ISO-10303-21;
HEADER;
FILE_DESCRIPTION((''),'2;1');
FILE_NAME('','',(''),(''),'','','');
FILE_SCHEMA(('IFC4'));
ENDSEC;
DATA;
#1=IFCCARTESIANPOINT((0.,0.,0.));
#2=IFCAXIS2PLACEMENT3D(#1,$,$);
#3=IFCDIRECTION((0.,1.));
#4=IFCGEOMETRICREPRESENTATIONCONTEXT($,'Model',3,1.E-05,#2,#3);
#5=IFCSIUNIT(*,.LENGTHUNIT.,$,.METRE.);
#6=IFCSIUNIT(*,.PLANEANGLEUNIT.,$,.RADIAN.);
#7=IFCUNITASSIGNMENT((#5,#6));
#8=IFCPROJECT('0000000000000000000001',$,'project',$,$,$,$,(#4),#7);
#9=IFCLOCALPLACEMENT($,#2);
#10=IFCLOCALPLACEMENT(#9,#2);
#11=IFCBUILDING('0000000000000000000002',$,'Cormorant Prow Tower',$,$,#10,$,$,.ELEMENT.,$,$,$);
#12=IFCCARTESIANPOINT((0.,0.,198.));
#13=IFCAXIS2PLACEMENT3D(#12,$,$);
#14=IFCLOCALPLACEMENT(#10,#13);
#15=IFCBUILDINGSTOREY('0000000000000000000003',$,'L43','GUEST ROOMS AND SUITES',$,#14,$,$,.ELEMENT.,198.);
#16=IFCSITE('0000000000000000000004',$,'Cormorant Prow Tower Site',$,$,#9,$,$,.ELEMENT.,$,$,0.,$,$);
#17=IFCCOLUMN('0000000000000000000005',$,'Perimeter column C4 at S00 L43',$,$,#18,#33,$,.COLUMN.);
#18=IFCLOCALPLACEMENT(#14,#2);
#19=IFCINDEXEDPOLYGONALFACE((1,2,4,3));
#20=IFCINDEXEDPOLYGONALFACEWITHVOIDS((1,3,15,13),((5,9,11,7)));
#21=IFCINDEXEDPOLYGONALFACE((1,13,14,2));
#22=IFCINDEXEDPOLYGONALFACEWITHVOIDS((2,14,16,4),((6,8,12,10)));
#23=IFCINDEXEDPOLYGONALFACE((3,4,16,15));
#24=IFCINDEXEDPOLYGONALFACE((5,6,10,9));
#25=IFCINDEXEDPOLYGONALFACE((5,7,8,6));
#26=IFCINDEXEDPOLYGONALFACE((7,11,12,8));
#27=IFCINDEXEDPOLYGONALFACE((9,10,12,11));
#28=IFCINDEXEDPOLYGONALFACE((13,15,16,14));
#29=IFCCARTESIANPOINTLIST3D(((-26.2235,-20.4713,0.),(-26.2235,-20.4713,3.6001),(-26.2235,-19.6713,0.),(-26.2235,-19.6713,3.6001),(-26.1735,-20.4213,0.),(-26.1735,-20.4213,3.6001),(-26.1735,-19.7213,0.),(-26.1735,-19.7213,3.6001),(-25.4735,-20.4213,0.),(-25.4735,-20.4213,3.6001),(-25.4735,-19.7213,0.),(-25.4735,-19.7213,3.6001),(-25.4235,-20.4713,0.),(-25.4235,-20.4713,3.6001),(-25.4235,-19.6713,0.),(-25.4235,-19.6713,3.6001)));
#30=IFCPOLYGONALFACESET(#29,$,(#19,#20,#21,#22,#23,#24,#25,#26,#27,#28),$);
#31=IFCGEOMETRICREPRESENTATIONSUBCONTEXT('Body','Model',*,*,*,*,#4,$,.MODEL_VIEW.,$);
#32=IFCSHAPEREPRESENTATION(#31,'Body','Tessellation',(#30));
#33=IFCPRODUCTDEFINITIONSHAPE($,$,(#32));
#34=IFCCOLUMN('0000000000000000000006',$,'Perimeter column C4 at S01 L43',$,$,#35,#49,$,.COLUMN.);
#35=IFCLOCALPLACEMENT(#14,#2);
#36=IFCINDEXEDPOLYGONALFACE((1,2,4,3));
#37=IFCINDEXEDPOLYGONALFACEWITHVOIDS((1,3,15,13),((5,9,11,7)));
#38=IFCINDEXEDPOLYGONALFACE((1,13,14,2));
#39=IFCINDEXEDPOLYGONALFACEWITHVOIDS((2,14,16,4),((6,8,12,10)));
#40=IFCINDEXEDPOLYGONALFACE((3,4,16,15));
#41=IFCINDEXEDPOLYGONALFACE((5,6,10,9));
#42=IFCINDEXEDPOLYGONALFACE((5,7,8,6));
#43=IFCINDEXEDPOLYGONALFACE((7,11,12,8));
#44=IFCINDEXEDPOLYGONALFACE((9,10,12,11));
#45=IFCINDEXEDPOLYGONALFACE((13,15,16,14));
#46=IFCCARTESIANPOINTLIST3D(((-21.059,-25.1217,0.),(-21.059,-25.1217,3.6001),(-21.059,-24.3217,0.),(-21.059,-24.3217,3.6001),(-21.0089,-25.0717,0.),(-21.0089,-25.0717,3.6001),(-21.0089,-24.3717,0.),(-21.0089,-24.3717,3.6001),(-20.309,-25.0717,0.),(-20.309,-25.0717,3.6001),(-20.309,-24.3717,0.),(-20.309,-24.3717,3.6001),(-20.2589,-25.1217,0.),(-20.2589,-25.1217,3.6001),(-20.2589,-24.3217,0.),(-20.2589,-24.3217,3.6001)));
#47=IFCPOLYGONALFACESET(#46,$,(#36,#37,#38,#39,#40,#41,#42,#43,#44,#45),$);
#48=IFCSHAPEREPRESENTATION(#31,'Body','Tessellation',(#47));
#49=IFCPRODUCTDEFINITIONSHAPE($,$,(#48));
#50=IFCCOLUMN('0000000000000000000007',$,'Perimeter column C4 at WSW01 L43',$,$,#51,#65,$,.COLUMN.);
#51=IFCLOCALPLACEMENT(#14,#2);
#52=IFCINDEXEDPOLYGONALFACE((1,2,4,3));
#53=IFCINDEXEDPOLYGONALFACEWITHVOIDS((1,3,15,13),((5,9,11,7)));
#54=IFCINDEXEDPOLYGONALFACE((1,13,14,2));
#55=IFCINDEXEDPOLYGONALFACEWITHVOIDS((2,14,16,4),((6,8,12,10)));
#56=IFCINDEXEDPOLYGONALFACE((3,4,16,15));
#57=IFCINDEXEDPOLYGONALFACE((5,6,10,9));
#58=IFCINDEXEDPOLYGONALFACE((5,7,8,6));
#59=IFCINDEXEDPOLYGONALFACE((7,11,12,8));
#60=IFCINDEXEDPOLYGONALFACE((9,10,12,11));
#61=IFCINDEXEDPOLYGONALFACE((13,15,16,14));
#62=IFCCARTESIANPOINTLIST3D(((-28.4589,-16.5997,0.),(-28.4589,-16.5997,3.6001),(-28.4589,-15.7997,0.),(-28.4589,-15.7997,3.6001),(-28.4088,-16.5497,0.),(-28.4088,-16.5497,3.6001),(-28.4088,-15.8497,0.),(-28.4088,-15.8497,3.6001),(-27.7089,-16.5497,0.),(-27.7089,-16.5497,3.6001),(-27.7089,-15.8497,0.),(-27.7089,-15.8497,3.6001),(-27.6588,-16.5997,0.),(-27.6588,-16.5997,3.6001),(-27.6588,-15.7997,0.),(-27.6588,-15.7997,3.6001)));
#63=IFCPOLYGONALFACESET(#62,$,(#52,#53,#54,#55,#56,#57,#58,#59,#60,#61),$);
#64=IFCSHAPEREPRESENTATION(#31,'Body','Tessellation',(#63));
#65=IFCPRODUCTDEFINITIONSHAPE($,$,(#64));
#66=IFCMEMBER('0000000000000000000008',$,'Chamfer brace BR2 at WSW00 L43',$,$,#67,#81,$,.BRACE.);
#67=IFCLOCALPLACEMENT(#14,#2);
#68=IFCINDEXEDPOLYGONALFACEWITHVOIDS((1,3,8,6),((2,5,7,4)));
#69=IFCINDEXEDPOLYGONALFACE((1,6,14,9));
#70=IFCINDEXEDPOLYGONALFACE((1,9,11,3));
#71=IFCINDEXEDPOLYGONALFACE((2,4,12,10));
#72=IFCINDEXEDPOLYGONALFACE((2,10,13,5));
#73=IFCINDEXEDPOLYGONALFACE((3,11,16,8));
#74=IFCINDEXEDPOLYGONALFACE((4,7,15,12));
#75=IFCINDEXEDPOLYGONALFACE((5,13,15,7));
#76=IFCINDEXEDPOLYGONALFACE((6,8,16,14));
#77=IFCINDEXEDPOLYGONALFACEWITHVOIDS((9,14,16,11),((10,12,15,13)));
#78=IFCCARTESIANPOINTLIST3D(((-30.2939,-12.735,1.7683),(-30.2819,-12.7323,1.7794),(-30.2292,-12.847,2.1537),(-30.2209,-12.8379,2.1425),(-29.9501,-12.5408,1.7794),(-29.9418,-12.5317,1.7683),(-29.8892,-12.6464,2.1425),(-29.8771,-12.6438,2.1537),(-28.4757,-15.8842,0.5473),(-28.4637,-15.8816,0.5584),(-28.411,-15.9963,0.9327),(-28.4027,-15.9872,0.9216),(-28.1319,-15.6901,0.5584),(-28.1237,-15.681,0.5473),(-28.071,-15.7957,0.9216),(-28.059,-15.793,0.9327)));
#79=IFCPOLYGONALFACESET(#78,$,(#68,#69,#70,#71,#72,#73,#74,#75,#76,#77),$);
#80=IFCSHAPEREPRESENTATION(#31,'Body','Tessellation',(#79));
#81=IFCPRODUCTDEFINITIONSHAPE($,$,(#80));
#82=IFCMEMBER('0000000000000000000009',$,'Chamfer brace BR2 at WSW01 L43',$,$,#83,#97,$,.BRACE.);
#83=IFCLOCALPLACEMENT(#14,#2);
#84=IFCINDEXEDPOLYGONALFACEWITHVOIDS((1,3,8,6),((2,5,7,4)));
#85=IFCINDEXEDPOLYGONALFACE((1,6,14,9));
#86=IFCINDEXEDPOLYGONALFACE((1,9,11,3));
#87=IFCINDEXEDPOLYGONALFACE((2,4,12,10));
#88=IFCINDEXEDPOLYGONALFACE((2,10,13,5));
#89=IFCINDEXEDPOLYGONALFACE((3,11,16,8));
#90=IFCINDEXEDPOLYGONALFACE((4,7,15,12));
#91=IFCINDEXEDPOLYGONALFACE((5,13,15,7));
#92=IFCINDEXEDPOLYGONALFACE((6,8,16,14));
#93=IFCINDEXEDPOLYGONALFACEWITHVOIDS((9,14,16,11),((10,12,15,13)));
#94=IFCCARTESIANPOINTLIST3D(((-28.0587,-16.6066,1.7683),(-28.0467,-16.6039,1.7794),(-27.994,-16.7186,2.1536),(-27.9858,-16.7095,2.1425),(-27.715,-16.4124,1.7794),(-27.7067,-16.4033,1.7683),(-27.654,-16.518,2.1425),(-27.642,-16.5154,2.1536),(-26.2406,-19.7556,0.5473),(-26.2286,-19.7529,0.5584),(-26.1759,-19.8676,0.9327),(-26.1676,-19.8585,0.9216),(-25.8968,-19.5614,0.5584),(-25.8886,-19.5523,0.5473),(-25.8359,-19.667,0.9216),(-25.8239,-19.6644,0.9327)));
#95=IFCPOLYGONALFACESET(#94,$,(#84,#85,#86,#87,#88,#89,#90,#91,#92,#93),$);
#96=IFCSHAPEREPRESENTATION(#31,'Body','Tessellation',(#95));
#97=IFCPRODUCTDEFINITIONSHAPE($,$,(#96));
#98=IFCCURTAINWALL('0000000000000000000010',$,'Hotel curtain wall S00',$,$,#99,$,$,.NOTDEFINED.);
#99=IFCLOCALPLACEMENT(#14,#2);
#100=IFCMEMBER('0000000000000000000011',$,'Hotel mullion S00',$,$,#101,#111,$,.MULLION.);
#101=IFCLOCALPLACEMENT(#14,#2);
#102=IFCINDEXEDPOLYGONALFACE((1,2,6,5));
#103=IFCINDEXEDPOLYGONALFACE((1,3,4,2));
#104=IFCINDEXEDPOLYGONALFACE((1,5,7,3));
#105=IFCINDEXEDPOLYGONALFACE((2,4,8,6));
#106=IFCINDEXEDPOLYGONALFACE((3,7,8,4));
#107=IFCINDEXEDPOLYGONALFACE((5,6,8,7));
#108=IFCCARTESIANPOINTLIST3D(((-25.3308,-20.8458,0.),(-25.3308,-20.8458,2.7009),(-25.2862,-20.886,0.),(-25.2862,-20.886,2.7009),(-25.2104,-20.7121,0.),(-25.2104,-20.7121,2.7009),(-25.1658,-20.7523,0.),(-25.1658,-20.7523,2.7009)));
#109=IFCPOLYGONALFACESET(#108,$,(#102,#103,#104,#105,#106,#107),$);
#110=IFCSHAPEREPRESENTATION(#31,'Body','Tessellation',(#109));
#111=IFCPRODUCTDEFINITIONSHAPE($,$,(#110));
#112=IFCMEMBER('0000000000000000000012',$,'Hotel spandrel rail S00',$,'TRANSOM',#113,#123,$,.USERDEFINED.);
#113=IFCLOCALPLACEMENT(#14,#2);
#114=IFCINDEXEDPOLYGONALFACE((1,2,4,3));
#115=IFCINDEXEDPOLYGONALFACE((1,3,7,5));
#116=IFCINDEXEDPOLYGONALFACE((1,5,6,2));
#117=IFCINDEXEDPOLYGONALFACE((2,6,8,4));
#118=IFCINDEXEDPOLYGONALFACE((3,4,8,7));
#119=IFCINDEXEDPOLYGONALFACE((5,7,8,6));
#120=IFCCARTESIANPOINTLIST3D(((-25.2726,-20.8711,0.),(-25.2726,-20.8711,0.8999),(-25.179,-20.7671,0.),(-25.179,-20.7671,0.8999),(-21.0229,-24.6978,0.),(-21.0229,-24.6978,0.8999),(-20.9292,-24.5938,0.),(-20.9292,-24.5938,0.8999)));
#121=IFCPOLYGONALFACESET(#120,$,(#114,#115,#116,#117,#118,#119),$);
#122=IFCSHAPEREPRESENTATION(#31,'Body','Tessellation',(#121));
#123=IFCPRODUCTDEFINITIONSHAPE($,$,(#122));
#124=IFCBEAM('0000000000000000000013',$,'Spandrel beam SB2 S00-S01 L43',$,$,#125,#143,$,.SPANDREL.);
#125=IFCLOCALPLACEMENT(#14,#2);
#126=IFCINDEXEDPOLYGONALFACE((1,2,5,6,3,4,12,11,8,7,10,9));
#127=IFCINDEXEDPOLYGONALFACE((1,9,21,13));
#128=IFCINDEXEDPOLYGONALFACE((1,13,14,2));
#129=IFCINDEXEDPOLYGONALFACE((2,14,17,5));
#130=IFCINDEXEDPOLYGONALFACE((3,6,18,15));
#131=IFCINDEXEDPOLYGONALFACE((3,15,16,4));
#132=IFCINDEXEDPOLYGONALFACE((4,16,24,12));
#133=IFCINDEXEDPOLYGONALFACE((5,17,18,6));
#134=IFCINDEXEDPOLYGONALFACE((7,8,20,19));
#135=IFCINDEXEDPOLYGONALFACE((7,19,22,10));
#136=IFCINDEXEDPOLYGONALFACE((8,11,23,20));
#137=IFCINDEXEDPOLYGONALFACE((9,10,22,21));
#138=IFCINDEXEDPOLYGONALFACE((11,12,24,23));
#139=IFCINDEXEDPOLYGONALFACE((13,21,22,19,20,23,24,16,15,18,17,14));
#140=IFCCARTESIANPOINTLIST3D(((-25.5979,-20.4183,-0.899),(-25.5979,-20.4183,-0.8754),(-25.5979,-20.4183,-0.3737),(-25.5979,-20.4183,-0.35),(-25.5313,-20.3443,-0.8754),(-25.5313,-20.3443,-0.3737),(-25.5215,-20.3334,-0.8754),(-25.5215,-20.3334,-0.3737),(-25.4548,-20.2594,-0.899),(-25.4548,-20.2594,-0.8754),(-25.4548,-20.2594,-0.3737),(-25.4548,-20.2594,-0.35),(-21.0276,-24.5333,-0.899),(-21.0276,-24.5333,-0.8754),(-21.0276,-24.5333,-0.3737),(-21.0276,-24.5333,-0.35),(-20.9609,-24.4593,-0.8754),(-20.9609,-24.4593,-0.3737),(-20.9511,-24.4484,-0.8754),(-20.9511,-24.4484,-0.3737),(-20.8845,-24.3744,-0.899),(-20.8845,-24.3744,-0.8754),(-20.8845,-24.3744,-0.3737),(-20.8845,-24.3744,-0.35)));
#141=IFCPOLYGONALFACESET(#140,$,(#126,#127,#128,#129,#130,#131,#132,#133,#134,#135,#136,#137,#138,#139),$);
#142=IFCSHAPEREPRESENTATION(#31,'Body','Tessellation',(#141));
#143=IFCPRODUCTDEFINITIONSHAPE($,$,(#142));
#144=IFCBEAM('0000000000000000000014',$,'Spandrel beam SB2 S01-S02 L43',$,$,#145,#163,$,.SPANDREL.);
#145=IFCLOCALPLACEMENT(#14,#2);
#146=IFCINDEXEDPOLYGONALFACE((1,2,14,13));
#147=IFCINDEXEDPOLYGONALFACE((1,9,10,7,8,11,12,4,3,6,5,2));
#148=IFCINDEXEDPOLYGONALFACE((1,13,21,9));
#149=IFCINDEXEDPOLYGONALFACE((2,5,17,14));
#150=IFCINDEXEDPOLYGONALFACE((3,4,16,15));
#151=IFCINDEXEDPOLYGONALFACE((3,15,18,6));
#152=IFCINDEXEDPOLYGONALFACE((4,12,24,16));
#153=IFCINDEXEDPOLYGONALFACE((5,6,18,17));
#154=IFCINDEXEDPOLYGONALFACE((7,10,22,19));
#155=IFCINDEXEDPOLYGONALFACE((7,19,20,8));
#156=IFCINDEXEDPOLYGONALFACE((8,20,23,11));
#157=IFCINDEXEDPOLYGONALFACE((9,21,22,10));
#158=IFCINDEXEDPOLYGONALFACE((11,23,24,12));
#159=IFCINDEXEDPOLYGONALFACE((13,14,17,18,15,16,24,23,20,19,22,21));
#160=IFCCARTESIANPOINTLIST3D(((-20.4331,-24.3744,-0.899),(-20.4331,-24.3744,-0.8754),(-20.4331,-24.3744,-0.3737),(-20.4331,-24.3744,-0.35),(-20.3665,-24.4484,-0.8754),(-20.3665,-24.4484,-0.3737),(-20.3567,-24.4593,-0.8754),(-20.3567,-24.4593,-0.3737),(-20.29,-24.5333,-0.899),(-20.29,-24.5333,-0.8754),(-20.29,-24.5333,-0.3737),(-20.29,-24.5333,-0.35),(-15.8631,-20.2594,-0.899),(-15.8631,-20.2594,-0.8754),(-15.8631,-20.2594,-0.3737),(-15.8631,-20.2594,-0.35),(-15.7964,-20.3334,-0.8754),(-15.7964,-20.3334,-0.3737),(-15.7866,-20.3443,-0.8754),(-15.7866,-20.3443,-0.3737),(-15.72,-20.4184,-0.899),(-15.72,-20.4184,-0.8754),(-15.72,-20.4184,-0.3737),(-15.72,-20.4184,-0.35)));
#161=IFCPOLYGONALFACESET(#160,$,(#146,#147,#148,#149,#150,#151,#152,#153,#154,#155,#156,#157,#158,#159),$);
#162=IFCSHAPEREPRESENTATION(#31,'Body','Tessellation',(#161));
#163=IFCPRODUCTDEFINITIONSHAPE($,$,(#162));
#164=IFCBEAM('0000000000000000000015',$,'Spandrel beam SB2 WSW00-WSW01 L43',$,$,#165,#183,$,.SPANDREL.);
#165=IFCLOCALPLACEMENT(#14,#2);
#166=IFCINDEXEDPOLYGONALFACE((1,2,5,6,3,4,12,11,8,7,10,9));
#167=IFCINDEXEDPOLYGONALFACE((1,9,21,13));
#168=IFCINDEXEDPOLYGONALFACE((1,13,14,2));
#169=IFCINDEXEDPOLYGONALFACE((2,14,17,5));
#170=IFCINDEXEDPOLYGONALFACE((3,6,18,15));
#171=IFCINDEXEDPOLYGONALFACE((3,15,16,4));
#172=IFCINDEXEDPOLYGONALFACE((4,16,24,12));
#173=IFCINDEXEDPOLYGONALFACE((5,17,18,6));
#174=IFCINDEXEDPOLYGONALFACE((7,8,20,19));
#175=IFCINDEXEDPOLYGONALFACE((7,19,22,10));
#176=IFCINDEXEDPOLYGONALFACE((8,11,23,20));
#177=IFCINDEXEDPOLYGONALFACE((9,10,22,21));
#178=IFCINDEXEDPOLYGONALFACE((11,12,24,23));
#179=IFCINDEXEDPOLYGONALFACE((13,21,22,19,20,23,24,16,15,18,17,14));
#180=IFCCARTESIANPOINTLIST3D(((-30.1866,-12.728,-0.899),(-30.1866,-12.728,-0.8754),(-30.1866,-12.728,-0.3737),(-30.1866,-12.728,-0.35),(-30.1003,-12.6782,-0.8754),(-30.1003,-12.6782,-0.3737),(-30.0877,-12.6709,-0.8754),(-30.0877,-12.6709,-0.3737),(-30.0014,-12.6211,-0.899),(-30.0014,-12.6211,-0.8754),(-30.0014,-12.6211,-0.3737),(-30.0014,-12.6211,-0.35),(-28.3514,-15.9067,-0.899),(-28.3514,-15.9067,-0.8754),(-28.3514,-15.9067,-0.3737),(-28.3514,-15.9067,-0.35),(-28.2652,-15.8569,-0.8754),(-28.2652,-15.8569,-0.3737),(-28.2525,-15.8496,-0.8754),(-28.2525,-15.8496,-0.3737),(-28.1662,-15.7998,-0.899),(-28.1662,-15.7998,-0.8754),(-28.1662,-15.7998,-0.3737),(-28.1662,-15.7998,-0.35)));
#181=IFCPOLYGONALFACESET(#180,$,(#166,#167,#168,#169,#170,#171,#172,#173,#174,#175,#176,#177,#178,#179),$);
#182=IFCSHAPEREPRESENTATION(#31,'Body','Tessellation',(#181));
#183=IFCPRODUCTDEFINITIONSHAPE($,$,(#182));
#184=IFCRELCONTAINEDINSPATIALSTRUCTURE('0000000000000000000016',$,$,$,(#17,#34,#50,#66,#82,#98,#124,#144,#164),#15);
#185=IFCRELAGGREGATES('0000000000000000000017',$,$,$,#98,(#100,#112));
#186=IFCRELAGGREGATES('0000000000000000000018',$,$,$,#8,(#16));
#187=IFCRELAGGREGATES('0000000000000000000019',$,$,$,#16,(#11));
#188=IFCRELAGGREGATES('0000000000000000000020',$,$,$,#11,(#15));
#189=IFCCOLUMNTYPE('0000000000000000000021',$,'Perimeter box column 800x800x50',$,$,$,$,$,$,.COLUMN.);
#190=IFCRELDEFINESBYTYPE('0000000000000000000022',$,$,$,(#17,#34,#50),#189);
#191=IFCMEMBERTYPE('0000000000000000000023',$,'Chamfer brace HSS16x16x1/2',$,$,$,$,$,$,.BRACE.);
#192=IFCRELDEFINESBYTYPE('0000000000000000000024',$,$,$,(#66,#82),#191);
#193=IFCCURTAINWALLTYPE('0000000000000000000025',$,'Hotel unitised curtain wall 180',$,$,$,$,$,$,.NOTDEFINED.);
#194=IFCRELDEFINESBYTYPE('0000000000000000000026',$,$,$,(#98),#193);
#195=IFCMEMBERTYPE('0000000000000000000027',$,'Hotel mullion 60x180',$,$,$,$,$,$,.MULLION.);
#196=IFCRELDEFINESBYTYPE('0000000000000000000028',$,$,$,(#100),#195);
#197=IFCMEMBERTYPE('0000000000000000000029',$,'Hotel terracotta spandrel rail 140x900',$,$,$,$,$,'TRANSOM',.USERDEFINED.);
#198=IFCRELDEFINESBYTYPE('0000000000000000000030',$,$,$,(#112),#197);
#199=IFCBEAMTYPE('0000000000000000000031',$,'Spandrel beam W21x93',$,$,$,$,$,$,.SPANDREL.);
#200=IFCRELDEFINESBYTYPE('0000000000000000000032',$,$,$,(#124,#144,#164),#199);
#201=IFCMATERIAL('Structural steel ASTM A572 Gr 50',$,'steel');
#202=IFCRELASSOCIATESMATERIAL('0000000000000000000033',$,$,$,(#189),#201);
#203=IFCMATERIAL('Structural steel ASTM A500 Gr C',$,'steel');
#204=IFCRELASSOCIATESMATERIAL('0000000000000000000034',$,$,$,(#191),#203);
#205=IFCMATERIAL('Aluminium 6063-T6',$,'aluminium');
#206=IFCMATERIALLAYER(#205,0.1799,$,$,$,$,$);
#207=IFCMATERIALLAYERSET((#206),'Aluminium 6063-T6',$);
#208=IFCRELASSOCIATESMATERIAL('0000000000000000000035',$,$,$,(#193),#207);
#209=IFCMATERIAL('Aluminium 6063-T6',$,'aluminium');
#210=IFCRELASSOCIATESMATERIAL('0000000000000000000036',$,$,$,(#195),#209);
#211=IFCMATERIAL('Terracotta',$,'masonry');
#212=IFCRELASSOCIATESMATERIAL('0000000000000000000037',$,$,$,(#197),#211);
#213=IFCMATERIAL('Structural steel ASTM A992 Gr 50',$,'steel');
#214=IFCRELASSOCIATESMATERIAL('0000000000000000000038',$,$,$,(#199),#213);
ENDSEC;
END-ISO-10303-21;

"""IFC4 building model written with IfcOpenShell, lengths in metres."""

from ifc_helpers import new_model, si_unit, direction, frame, origin, origin_2d, place, context, subcontext, project, spatial, rectangle, hollow_rectangle, i_section, extrude, material, layer, layer_set, material_profile, profile_set, type_object, element, aggregate, save


model = new_model("IFC4")

# Units and contexts
model_context = context("Model", 3, precision=1e-05, world=origin(), true_north=direction((0.0, 1.0)))
body_context = subcontext(model_context, "Body", "Model", "MODEL_VIEW")
ifc_project = project(units=[si_unit("LENGTHUNIT", "METRE"), si_unit("PLANEANGLEUNIT", "RADIAN")], contexts=[model_context])

# Site, building, storey
site_placement = place(None, origin())
site = spatial("IfcSite", under=ifc_project, at=site_placement, Name="Cormorant Prow Tower Site", CompositionType="ELEMENT", RefElevation=0.0)
building_placement = place(site_placement, origin())
building = spatial("IfcBuilding", under=site, at=building_placement, Name="Cormorant Prow Tower", CompositionType="ELEMENT")
storey_placement = place(building_placement, frame((0.0, 0.0, 198.0)))
storey = spatial("IfcBuildingStorey", under=building, at=storey_placement, Name="L43", Description="GUEST ROOMS AND SUITES", CompositionType="ELEMENT", Elevation=198.0)

# Columns
ifc_material_1 = material(Name="Structural steel ASTM A572 Gr 50", Category="steel")
ifc_material_profile_1 = material_profile(ifc_material_1, hollow_rectangle(XDim=0.8, YDim=0.8, WallThickness=0.05, at=origin_2d()), Name="Box 800x800x50")
ifc_profile_set_1 = profile_set([ifc_material_profile_1], Name="Structural steel ASTM A572 Gr 50")
column_type = type_object("IfcColumnType", Name="Perimeter box column 800x800x50", PredefinedType="COLUMN", material=ifc_profile_set_1)
for number, where, z_axis, x_axis, name in (
    (1, (-25.8235, -20.0713, 0.0), (0.0, 0.0, 1.0), (1.0, 0.0, 0.0), "Perimeter column C4 at S00 L43"),
    (2, (-20.6589, -24.7217, 0.0), (0.0, 0.0, 1.0), (1.0, 0.0, 0.0), "Perimeter column C4 at S01 L43"),
    (3, (-28.0588, -16.1997, 0.0), (0.0, 0.0, 1.0), (1.0, 0.0, 0.0), "Perimeter column C4 at WSW01 L43"),
):
    element("IfcColumn", number, at=place(storey_placement, frame(where, z_axis=z_axis, x_axis=x_axis)), inside=storey, type_object=column_type, Name=name, PredefinedType="COLUMN", context=body_context, shape_type="SweptSolid", body=[
        extrude(hollow_rectangle(XDim=0.8, YDim=0.8, WallThickness=0.05, at=origin_2d()), origin(), (0.0, 0.0, 1.0), 3.6001),
    ])

# Members
ifc_material_2 = material(Name="Structural steel ASTM A500 Gr C", Category="steel")
ifc_material_profile_2 = material_profile(ifc_material_2, hollow_rectangle(XDim=0.4065, YDim=0.4065, WallThickness=0.0117, at=origin_2d()), Name="HSS16x16x1/2")
ifc_profile_set_2 = profile_set([ifc_material_profile_2], Name="Structural steel ASTM A500 Gr C")
member_type_1 = type_object("IfcMemberType", Name="Chamfer brace HSS16x16x1/2", PredefinedType="BRACE", material=ifc_profile_set_2)
member_1_placement = place(storey_placement, frame((-28.2673, -15.8386, 0.74), z_axis=(-0.473983, 0.82099, 0.318301), x_axis=(-0.866032, -0.499988, 0.0)))
element("IfcMember", 4, at=member_1_placement, inside=storey, type_object=member_type_1, Name="Chamfer brace BR2 at WSW00 L43", PredefinedType="BRACE", context=body_context, shape_type="SweptSolid", body=[
    extrude(hollow_rectangle(XDim=0.4065, YDim=0.4065, WallThickness=0.0117, at=origin_2d()), origin(), (0.0, 0.0, 1.0), 3.8359),
])
member_2_placement = place(storey_placement, frame((-26.0322, -19.71, 0.74), z_axis=(-0.474008, 0.820969, 0.318318), x_axis=(-0.866016, -0.500017, 0.0)))
element("IfcMember", 5, at=member_2_placement, inside=storey, type_object=member_type_1, Name="Chamfer brace BR2 at WSW01 L43", PredefinedType="BRACE", context=body_context, shape_type="SweptSolid", body=[
    extrude(hollow_rectangle(XDim=0.4065, YDim=0.4065, WallThickness=0.0117, at=origin_2d()), origin(), (0.0, 0.0, 1.0), 3.8357),
])

# Curtain wall, members
ifc_material_3 = material(Name="Aluminium 6063-T6", Category="aluminium")
ifc_layer_1 = layer(ifc_material_3, 0.1799)
ifc_layer_set_1 = layer_set([ifc_layer_1], Name="Aluminium 6063-T6")
curtain_wall_type = type_object("IfcCurtainWallType", Name="Hotel unitised curtain wall 180", PredefinedType="NOTDEFINED", material=ifc_layer_set_1)
curtain_wall_placement = place(storey_placement, origin())
curtain_wall = element("IfcCurtainWall", 6, at=curtain_wall_placement, inside=storey, type_object=curtain_wall_type, Name="Hotel curtain wall S00", PredefinedType="NOTDEFINED")
ifc_material_4 = material(Name="Aluminium 6063-T6", Category="aluminium")
ifc_material_profile_3 = material_profile(ifc_material_4, rectangle(XDim=0.1799, YDim=0.0601, at=origin_2d()), Name="Hotel mullion 60x180")
ifc_profile_set_3 = profile_set([ifc_material_profile_3], Name="Aluminium 6063-T6")
member_type_2 = type_object("IfcMemberType", Name="Hotel mullion 60x180", PredefinedType="MULLION", material=ifc_profile_set_3)
member_3_placement = place(storey_placement, frame((-25.2483, -20.7991, 0.0), z_axis=(0.0, 0.0, 1.0), x_axis=(0.669131, 0.743145, 0.0)))
member_3 = element("IfcMember", 7, at=member_3_placement, type_object=member_type_2, Name="Hotel mullion S00", PredefinedType="MULLION", context=body_context, shape_type="SweptSolid", body=[
    extrude(rectangle(XDim=0.1799, YDim=0.0601, at=origin_2d()), origin(), (0.0, 0.0, 1.0), 2.7009),
])
ifc_material_5 = material(Name="Terracotta", Category="masonry")
ifc_material_profile_4 = material_profile(ifc_material_5, rectangle(XDim=0.1399, YDim=0.8999, at=origin_2d()), Name="Hotel terracotta spandrel rail 140x900")
ifc_profile_set_4 = profile_set([ifc_material_profile_4], Name="Terracotta")
member_type_3 = type_object("IfcMemberType", Name="Hotel terracotta spandrel rail 140x900", ElementType="TRANSOM", PredefinedType="USERDEFINED", material=ifc_profile_set_4)
member_4_placement = place(storey_placement, frame((-25.2258, -20.8191, 0.45), z_axis=(0.743131, -0.669146, 0.0), x_axis=(0.669146, 0.743131, 0.0)))
member_4 = element("IfcMember", 8, at=member_4_placement, type_object=member_type_3, Name="Hotel spandrel rail S00", ObjectType="TRANSOM", PredefinedType="USERDEFINED", context=body_context, shape_type="SweptSolid", body=[
    extrude(rectangle(XDim=0.1399, YDim=0.8999, at=origin_2d()), origin(), (0.0, 0.0, 1.0), 5.7188),
])

# Beams
ifc_material_6 = material(Name="Structural steel ASTM A992 Gr 50", Category="steel")
ifc_material_profile_5 = material_profile(ifc_material_6, i_section(OverallWidth=0.2139, OverallDepth=0.5491, WebThickness=0.0146, FlangeThickness=0.0237, at=origin_2d()), Name="W21x93")
ifc_profile_set_5 = profile_set([ifc_material_profile_5], Name="Structural steel ASTM A992 Gr 50")
beam_type = type_object("IfcBeamType", Name="Spandrel beam W21x93", PredefinedType="SPANDREL", material=ifc_profile_set_5)
beam_1_placement = place(storey_placement, frame((-25.5264, -20.3389, -0.6245), z_axis=(0.743156, -0.669118, 0.0), x_axis=(0.669118, 0.743156, 0.0)))
element("IfcBeam", 9, at=beam_1_placement, inside=storey, type_object=beam_type, Name="Spandrel beam SB2 S00-S01 L43", PredefinedType="SPANDREL", context=body_context, shape_type="SweptSolid", body=[
    extrude(i_section(OverallWidth=0.2139, OverallDepth=0.5491, WebThickness=0.0146, FlangeThickness=0.0237, at=origin_2d()), origin(), (0.0, 0.0, 1.0), 6.1499),
])
beam_2_placement = place(storey_placement, frame((-20.3616, -24.4539, -0.6245), z_axis=(0.743138, 0.669138, 0.0), x_axis=(-0.669138, 0.743138, 0.0)))
element("IfcBeam", 10, at=beam_2_placement, inside=storey, type_object=beam_type, Name="Spandrel beam SB2 S01-S02 L43", PredefinedType="SPANDREL", context=body_context, shape_type="SweptSolid", body=[
    extrude(i_section(OverallWidth=0.2139, OverallDepth=0.5491, WebThickness=0.0146, FlangeThickness=0.0237, at=origin_2d()), origin(), (0.0, 0.0, 1.0), 6.1497),
])
for number, where, z_axis, x_axis, name in (
    (11, (-30.094, -12.6746, -0.6245), (0.499995, -0.866028, 0.0), (0.866028, 0.499995, 0.0), "Spandrel beam SB2 WSW00-WSW01 L43"),
):
    element("IfcBeam", number, at=place(storey_placement, frame(where, z_axis=z_axis, x_axis=x_axis)), inside=storey, type_object=beam_type, Name=name, PredefinedType="SPANDREL", context=body_context, shape_type="SweptSolid", body=[
        extrude(i_section(OverallWidth=0.2139, OverallDepth=0.5491, WebThickness=0.0146, FlangeThickness=0.0237, at=origin_2d()), origin(), (0.0, 0.0, 1.0), 3.6704),
    ])

aggregate(curtain_wall, [member_3, member_4])

save(model, "model.ifc")
